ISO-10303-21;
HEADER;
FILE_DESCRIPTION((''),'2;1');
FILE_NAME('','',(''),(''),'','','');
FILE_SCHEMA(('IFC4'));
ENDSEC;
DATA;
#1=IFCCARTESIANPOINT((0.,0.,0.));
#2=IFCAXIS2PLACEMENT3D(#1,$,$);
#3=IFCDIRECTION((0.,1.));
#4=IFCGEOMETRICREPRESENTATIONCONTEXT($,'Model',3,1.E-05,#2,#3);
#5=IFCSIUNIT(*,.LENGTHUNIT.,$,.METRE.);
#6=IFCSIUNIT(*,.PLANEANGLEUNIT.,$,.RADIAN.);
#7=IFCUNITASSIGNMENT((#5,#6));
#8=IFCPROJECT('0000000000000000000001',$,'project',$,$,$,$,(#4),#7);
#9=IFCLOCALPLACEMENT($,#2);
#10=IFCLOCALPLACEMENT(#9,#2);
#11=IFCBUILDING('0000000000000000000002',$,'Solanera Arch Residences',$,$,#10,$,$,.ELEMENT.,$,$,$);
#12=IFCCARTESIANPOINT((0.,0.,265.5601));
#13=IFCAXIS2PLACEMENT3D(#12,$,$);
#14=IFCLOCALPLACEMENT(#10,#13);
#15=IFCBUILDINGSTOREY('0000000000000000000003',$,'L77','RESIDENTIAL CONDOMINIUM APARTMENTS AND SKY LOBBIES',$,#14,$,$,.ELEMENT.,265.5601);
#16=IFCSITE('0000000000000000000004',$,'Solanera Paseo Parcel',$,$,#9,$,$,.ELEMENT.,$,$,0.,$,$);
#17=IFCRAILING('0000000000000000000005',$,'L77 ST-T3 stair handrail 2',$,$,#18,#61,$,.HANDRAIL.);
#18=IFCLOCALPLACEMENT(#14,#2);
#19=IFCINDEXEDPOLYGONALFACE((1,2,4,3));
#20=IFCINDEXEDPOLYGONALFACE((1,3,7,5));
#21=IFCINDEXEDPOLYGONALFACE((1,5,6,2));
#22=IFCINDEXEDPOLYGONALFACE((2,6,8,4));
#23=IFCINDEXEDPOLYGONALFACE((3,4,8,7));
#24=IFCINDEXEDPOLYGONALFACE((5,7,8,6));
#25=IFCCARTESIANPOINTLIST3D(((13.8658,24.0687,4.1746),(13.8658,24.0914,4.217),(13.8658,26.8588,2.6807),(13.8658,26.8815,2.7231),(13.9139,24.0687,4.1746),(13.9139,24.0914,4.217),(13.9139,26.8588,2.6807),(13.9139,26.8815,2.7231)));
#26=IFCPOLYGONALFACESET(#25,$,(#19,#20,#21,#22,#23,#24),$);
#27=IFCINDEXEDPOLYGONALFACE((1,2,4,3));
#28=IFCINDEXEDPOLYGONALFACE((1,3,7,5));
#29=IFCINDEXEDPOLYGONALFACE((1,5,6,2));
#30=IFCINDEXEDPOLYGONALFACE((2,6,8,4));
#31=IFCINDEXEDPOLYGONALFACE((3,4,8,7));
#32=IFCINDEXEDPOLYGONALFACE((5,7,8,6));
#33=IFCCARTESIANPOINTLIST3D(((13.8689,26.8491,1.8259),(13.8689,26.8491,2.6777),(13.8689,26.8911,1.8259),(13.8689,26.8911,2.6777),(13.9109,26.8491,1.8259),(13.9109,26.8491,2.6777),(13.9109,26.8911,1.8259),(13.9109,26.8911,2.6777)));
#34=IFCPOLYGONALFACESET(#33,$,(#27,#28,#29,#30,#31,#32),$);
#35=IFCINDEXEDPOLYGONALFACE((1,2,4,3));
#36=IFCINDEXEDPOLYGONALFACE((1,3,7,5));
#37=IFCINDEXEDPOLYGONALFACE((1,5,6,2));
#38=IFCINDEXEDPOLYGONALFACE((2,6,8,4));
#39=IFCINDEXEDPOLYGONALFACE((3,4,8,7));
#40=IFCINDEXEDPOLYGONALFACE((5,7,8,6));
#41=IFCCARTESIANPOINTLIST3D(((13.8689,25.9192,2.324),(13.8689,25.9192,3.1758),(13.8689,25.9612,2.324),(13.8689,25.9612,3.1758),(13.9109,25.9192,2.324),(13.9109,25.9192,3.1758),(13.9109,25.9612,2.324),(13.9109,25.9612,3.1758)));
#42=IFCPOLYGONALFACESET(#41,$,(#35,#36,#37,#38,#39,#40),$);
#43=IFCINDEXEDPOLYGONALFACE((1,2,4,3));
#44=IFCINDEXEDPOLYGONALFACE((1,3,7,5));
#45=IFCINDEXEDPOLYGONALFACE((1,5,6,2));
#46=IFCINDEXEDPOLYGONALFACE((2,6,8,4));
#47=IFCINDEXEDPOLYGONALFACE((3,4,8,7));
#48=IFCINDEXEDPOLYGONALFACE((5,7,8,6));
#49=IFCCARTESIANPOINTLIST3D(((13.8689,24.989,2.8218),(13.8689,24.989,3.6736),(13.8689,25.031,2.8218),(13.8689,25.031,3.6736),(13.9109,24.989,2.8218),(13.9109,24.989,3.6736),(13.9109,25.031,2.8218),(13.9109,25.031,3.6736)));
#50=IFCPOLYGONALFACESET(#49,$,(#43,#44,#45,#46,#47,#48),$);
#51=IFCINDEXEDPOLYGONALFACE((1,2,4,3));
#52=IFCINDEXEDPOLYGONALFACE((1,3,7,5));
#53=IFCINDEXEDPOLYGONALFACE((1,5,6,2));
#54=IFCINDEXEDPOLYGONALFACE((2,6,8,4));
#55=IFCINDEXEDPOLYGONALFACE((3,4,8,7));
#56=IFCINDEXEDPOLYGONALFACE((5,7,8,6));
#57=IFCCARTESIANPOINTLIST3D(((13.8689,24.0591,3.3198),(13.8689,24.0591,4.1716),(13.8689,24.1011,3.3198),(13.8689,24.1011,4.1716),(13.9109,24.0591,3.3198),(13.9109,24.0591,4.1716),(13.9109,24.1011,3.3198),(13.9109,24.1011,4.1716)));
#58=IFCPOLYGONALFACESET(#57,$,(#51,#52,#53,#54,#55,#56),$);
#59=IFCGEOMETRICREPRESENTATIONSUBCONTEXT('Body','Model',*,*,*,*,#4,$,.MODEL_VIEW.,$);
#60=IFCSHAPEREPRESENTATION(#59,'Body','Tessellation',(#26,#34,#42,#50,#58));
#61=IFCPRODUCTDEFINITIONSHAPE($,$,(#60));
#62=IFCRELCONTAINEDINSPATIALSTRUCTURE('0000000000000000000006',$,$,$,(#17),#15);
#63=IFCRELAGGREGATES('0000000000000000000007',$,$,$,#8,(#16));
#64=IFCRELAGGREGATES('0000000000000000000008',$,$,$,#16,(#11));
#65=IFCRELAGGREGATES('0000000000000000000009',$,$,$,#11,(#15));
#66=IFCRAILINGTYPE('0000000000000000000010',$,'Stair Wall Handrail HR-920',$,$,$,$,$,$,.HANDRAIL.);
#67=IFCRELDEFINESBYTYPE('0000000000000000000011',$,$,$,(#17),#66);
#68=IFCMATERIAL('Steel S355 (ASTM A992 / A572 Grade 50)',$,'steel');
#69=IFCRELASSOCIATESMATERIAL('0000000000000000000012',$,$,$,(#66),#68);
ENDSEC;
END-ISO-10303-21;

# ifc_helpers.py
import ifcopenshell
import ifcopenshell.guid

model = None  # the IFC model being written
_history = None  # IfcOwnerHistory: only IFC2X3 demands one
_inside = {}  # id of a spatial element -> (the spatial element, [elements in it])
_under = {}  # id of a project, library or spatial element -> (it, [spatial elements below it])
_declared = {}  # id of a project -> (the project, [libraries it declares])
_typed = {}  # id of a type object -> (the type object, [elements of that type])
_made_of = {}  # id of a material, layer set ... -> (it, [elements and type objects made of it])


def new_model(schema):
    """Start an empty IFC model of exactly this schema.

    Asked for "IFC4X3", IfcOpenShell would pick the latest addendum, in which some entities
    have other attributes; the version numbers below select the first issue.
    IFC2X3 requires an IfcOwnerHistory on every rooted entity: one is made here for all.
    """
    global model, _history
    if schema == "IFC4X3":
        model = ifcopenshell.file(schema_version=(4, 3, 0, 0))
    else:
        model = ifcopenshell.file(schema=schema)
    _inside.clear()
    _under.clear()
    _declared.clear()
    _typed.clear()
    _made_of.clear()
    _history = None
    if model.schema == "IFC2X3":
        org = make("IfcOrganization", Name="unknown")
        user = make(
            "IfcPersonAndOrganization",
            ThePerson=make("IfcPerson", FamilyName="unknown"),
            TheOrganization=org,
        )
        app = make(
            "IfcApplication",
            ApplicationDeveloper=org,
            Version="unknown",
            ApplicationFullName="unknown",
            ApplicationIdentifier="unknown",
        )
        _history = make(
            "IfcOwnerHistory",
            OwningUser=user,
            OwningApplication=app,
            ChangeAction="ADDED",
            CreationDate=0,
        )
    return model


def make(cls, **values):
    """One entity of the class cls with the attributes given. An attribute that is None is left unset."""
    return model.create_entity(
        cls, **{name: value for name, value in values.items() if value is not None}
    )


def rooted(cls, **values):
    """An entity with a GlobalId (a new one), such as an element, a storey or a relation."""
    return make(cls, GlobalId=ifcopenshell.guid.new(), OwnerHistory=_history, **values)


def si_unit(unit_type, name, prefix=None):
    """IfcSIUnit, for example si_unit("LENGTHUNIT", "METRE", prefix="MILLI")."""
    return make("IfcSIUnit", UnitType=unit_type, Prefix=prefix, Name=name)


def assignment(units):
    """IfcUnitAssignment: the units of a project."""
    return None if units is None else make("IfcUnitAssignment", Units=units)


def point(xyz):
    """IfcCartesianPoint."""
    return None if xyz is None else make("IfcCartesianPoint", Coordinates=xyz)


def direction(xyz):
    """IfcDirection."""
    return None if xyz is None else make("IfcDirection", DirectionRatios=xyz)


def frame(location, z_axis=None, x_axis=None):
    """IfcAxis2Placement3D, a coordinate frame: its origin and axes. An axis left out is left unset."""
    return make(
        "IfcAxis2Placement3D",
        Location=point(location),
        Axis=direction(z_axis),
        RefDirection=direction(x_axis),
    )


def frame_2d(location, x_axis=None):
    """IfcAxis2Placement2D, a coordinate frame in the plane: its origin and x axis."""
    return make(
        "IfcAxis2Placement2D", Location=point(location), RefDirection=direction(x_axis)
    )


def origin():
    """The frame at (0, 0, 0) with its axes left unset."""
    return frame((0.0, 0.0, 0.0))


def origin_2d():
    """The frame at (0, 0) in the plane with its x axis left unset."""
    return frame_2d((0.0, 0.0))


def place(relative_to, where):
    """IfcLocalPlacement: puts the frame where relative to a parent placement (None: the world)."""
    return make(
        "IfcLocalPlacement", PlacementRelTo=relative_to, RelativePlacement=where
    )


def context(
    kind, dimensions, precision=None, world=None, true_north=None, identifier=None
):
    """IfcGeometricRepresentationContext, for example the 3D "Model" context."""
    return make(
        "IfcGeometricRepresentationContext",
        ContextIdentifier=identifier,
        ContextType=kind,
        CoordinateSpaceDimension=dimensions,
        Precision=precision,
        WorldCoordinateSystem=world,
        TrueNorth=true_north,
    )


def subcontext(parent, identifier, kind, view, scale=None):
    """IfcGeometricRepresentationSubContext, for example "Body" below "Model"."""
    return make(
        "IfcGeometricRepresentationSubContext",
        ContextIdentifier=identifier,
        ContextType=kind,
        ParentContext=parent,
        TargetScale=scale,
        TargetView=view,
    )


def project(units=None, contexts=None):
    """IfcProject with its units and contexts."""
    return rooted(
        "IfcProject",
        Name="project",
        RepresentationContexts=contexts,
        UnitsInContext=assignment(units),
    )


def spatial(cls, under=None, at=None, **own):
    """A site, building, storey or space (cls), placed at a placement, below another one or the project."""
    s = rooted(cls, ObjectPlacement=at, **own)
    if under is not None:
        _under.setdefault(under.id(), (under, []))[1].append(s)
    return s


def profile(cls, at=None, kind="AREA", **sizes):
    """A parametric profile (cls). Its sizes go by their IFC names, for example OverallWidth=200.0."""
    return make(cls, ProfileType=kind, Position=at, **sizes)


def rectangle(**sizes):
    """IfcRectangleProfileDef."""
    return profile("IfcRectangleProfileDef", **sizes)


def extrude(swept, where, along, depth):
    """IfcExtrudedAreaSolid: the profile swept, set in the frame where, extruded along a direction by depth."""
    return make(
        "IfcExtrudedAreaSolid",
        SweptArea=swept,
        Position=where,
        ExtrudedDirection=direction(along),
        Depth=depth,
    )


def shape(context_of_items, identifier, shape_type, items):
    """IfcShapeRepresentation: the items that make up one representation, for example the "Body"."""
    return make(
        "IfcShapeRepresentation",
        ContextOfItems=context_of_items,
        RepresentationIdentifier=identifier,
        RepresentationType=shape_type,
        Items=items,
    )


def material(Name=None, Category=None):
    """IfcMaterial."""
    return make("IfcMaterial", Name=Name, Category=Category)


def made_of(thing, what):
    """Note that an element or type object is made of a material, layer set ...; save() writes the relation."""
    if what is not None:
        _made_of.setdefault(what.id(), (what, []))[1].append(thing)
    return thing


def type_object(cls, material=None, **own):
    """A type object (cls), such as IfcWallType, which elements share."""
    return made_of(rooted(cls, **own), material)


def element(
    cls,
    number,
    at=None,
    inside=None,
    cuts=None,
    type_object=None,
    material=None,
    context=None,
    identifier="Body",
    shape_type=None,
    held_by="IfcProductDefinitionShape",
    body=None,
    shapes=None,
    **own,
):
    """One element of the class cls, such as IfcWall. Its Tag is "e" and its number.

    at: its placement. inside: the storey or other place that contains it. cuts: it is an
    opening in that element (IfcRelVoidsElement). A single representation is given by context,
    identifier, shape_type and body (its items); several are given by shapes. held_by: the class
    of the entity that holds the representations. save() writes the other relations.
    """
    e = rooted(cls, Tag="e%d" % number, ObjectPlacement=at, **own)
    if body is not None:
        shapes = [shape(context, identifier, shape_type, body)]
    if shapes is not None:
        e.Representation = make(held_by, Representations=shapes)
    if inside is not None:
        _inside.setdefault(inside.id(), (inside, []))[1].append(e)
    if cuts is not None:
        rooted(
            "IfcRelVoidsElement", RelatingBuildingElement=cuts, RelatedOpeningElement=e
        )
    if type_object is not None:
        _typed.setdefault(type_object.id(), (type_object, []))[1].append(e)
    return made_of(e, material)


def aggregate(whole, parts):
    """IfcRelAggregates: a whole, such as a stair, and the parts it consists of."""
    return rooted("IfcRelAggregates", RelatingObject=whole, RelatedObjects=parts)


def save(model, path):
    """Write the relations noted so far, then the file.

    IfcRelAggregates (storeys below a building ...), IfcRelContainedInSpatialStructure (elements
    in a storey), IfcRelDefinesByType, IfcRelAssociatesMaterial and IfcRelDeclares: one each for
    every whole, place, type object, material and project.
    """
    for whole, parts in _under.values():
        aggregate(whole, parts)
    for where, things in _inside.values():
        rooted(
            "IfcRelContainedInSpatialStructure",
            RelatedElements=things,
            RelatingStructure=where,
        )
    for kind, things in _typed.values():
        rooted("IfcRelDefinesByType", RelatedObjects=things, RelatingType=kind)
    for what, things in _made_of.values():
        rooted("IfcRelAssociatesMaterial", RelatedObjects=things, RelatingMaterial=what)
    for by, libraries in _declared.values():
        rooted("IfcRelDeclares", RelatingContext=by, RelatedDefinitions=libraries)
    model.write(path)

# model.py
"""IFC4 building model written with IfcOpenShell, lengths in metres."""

from ifc_helpers import new_model, si_unit, direction, frame, origin, origin_2d, place, context, subcontext, project, spatial, rectangle, extrude, material, type_object, element, save


model = new_model("IFC4")

# Units and contexts
model_context = context("Model", 3, precision=1e-05, world=origin(), true_north=direction((0.0, 1.0)))
body_context = subcontext(model_context, "Body", "Model", "MODEL_VIEW")
ifc_project = project(units=[si_unit("LENGTHUNIT", "METRE"), si_unit("PLANEANGLEUNIT", "RADIAN")], contexts=[model_context])

# Site, building, storey
site_placement = place(None, origin())
site = spatial("IfcSite", under=ifc_project, at=site_placement, Name="Solanera Paseo Parcel", CompositionType="ELEMENT", RefElevation=0.0)
building_placement = place(site_placement, origin())
building = spatial("IfcBuilding", under=site, at=building_placement, Name="Solanera Arch Residences", CompositionType="ELEMENT")
storey_placement = place(building_placement, frame((0.0, 0.0, 265.5601)))
storey = spatial("IfcBuildingStorey", under=building, at=storey_placement, Name="L77", Description="RESIDENTIAL CONDOMINIUM APARTMENTS AND SKY LOBBIES", CompositionType="ELEMENT", Elevation=265.5601)

# Railing
ifc_material_1 = material(Name="Steel S355 (ASTM A992 / A572 Grade 50)", Category="steel")
railing_type_1 = type_object("IfcRailingType", Name="Stair Wall Handrail HR-920", PredefinedType="HANDRAIL", material=ifc_material_1)
railing_1_placement = place(storey_placement, frame((13.8899, 26.8701, 1.8259)))
element("IfcRailing", 1, at=railing_1_placement, inside=storey, type_object=railing_type_1, Name="L77 ST-T3 stair handrail 2", PredefinedType="HANDRAIL", context=body_context, shape_type="SweptSolid", body=[
    extrude(rectangle(XDim=0.0481, YDim=0.0481, at=origin_2d()), frame((0.0, 0.0, 0.876), z_axis=(0.0, -0.881581, 0.472033), x_axis=(1.0, 0.0, 0.0)), (0.0, 0.0, 1.0), 3.1648),
    extrude(rectangle(XDim=0.042, YDim=0.042, at=origin_2d()), origin(), (0.0, 0.0, 1.0), 0.8518),
    extrude(rectangle(XDim=0.042, YDim=0.042, at=origin_2d()), frame((0.0, -0.9299, 0.498)), (0.0, 0.0, 1.0), 0.8518),
    extrude(rectangle(XDim=0.042, YDim=0.042, at=origin_2d()), frame((0.0, -1.8601, 0.9958)), (0.0, 0.0, 1.0), 0.8518),
    extrude(rectangle(XDim=0.042, YDim=0.042, at=origin_2d()), frame((0.0, -2.79, 1.4939)), (0.0, 0.0, 1.0), 0.8518),
])

save(model, "model.ifc")
